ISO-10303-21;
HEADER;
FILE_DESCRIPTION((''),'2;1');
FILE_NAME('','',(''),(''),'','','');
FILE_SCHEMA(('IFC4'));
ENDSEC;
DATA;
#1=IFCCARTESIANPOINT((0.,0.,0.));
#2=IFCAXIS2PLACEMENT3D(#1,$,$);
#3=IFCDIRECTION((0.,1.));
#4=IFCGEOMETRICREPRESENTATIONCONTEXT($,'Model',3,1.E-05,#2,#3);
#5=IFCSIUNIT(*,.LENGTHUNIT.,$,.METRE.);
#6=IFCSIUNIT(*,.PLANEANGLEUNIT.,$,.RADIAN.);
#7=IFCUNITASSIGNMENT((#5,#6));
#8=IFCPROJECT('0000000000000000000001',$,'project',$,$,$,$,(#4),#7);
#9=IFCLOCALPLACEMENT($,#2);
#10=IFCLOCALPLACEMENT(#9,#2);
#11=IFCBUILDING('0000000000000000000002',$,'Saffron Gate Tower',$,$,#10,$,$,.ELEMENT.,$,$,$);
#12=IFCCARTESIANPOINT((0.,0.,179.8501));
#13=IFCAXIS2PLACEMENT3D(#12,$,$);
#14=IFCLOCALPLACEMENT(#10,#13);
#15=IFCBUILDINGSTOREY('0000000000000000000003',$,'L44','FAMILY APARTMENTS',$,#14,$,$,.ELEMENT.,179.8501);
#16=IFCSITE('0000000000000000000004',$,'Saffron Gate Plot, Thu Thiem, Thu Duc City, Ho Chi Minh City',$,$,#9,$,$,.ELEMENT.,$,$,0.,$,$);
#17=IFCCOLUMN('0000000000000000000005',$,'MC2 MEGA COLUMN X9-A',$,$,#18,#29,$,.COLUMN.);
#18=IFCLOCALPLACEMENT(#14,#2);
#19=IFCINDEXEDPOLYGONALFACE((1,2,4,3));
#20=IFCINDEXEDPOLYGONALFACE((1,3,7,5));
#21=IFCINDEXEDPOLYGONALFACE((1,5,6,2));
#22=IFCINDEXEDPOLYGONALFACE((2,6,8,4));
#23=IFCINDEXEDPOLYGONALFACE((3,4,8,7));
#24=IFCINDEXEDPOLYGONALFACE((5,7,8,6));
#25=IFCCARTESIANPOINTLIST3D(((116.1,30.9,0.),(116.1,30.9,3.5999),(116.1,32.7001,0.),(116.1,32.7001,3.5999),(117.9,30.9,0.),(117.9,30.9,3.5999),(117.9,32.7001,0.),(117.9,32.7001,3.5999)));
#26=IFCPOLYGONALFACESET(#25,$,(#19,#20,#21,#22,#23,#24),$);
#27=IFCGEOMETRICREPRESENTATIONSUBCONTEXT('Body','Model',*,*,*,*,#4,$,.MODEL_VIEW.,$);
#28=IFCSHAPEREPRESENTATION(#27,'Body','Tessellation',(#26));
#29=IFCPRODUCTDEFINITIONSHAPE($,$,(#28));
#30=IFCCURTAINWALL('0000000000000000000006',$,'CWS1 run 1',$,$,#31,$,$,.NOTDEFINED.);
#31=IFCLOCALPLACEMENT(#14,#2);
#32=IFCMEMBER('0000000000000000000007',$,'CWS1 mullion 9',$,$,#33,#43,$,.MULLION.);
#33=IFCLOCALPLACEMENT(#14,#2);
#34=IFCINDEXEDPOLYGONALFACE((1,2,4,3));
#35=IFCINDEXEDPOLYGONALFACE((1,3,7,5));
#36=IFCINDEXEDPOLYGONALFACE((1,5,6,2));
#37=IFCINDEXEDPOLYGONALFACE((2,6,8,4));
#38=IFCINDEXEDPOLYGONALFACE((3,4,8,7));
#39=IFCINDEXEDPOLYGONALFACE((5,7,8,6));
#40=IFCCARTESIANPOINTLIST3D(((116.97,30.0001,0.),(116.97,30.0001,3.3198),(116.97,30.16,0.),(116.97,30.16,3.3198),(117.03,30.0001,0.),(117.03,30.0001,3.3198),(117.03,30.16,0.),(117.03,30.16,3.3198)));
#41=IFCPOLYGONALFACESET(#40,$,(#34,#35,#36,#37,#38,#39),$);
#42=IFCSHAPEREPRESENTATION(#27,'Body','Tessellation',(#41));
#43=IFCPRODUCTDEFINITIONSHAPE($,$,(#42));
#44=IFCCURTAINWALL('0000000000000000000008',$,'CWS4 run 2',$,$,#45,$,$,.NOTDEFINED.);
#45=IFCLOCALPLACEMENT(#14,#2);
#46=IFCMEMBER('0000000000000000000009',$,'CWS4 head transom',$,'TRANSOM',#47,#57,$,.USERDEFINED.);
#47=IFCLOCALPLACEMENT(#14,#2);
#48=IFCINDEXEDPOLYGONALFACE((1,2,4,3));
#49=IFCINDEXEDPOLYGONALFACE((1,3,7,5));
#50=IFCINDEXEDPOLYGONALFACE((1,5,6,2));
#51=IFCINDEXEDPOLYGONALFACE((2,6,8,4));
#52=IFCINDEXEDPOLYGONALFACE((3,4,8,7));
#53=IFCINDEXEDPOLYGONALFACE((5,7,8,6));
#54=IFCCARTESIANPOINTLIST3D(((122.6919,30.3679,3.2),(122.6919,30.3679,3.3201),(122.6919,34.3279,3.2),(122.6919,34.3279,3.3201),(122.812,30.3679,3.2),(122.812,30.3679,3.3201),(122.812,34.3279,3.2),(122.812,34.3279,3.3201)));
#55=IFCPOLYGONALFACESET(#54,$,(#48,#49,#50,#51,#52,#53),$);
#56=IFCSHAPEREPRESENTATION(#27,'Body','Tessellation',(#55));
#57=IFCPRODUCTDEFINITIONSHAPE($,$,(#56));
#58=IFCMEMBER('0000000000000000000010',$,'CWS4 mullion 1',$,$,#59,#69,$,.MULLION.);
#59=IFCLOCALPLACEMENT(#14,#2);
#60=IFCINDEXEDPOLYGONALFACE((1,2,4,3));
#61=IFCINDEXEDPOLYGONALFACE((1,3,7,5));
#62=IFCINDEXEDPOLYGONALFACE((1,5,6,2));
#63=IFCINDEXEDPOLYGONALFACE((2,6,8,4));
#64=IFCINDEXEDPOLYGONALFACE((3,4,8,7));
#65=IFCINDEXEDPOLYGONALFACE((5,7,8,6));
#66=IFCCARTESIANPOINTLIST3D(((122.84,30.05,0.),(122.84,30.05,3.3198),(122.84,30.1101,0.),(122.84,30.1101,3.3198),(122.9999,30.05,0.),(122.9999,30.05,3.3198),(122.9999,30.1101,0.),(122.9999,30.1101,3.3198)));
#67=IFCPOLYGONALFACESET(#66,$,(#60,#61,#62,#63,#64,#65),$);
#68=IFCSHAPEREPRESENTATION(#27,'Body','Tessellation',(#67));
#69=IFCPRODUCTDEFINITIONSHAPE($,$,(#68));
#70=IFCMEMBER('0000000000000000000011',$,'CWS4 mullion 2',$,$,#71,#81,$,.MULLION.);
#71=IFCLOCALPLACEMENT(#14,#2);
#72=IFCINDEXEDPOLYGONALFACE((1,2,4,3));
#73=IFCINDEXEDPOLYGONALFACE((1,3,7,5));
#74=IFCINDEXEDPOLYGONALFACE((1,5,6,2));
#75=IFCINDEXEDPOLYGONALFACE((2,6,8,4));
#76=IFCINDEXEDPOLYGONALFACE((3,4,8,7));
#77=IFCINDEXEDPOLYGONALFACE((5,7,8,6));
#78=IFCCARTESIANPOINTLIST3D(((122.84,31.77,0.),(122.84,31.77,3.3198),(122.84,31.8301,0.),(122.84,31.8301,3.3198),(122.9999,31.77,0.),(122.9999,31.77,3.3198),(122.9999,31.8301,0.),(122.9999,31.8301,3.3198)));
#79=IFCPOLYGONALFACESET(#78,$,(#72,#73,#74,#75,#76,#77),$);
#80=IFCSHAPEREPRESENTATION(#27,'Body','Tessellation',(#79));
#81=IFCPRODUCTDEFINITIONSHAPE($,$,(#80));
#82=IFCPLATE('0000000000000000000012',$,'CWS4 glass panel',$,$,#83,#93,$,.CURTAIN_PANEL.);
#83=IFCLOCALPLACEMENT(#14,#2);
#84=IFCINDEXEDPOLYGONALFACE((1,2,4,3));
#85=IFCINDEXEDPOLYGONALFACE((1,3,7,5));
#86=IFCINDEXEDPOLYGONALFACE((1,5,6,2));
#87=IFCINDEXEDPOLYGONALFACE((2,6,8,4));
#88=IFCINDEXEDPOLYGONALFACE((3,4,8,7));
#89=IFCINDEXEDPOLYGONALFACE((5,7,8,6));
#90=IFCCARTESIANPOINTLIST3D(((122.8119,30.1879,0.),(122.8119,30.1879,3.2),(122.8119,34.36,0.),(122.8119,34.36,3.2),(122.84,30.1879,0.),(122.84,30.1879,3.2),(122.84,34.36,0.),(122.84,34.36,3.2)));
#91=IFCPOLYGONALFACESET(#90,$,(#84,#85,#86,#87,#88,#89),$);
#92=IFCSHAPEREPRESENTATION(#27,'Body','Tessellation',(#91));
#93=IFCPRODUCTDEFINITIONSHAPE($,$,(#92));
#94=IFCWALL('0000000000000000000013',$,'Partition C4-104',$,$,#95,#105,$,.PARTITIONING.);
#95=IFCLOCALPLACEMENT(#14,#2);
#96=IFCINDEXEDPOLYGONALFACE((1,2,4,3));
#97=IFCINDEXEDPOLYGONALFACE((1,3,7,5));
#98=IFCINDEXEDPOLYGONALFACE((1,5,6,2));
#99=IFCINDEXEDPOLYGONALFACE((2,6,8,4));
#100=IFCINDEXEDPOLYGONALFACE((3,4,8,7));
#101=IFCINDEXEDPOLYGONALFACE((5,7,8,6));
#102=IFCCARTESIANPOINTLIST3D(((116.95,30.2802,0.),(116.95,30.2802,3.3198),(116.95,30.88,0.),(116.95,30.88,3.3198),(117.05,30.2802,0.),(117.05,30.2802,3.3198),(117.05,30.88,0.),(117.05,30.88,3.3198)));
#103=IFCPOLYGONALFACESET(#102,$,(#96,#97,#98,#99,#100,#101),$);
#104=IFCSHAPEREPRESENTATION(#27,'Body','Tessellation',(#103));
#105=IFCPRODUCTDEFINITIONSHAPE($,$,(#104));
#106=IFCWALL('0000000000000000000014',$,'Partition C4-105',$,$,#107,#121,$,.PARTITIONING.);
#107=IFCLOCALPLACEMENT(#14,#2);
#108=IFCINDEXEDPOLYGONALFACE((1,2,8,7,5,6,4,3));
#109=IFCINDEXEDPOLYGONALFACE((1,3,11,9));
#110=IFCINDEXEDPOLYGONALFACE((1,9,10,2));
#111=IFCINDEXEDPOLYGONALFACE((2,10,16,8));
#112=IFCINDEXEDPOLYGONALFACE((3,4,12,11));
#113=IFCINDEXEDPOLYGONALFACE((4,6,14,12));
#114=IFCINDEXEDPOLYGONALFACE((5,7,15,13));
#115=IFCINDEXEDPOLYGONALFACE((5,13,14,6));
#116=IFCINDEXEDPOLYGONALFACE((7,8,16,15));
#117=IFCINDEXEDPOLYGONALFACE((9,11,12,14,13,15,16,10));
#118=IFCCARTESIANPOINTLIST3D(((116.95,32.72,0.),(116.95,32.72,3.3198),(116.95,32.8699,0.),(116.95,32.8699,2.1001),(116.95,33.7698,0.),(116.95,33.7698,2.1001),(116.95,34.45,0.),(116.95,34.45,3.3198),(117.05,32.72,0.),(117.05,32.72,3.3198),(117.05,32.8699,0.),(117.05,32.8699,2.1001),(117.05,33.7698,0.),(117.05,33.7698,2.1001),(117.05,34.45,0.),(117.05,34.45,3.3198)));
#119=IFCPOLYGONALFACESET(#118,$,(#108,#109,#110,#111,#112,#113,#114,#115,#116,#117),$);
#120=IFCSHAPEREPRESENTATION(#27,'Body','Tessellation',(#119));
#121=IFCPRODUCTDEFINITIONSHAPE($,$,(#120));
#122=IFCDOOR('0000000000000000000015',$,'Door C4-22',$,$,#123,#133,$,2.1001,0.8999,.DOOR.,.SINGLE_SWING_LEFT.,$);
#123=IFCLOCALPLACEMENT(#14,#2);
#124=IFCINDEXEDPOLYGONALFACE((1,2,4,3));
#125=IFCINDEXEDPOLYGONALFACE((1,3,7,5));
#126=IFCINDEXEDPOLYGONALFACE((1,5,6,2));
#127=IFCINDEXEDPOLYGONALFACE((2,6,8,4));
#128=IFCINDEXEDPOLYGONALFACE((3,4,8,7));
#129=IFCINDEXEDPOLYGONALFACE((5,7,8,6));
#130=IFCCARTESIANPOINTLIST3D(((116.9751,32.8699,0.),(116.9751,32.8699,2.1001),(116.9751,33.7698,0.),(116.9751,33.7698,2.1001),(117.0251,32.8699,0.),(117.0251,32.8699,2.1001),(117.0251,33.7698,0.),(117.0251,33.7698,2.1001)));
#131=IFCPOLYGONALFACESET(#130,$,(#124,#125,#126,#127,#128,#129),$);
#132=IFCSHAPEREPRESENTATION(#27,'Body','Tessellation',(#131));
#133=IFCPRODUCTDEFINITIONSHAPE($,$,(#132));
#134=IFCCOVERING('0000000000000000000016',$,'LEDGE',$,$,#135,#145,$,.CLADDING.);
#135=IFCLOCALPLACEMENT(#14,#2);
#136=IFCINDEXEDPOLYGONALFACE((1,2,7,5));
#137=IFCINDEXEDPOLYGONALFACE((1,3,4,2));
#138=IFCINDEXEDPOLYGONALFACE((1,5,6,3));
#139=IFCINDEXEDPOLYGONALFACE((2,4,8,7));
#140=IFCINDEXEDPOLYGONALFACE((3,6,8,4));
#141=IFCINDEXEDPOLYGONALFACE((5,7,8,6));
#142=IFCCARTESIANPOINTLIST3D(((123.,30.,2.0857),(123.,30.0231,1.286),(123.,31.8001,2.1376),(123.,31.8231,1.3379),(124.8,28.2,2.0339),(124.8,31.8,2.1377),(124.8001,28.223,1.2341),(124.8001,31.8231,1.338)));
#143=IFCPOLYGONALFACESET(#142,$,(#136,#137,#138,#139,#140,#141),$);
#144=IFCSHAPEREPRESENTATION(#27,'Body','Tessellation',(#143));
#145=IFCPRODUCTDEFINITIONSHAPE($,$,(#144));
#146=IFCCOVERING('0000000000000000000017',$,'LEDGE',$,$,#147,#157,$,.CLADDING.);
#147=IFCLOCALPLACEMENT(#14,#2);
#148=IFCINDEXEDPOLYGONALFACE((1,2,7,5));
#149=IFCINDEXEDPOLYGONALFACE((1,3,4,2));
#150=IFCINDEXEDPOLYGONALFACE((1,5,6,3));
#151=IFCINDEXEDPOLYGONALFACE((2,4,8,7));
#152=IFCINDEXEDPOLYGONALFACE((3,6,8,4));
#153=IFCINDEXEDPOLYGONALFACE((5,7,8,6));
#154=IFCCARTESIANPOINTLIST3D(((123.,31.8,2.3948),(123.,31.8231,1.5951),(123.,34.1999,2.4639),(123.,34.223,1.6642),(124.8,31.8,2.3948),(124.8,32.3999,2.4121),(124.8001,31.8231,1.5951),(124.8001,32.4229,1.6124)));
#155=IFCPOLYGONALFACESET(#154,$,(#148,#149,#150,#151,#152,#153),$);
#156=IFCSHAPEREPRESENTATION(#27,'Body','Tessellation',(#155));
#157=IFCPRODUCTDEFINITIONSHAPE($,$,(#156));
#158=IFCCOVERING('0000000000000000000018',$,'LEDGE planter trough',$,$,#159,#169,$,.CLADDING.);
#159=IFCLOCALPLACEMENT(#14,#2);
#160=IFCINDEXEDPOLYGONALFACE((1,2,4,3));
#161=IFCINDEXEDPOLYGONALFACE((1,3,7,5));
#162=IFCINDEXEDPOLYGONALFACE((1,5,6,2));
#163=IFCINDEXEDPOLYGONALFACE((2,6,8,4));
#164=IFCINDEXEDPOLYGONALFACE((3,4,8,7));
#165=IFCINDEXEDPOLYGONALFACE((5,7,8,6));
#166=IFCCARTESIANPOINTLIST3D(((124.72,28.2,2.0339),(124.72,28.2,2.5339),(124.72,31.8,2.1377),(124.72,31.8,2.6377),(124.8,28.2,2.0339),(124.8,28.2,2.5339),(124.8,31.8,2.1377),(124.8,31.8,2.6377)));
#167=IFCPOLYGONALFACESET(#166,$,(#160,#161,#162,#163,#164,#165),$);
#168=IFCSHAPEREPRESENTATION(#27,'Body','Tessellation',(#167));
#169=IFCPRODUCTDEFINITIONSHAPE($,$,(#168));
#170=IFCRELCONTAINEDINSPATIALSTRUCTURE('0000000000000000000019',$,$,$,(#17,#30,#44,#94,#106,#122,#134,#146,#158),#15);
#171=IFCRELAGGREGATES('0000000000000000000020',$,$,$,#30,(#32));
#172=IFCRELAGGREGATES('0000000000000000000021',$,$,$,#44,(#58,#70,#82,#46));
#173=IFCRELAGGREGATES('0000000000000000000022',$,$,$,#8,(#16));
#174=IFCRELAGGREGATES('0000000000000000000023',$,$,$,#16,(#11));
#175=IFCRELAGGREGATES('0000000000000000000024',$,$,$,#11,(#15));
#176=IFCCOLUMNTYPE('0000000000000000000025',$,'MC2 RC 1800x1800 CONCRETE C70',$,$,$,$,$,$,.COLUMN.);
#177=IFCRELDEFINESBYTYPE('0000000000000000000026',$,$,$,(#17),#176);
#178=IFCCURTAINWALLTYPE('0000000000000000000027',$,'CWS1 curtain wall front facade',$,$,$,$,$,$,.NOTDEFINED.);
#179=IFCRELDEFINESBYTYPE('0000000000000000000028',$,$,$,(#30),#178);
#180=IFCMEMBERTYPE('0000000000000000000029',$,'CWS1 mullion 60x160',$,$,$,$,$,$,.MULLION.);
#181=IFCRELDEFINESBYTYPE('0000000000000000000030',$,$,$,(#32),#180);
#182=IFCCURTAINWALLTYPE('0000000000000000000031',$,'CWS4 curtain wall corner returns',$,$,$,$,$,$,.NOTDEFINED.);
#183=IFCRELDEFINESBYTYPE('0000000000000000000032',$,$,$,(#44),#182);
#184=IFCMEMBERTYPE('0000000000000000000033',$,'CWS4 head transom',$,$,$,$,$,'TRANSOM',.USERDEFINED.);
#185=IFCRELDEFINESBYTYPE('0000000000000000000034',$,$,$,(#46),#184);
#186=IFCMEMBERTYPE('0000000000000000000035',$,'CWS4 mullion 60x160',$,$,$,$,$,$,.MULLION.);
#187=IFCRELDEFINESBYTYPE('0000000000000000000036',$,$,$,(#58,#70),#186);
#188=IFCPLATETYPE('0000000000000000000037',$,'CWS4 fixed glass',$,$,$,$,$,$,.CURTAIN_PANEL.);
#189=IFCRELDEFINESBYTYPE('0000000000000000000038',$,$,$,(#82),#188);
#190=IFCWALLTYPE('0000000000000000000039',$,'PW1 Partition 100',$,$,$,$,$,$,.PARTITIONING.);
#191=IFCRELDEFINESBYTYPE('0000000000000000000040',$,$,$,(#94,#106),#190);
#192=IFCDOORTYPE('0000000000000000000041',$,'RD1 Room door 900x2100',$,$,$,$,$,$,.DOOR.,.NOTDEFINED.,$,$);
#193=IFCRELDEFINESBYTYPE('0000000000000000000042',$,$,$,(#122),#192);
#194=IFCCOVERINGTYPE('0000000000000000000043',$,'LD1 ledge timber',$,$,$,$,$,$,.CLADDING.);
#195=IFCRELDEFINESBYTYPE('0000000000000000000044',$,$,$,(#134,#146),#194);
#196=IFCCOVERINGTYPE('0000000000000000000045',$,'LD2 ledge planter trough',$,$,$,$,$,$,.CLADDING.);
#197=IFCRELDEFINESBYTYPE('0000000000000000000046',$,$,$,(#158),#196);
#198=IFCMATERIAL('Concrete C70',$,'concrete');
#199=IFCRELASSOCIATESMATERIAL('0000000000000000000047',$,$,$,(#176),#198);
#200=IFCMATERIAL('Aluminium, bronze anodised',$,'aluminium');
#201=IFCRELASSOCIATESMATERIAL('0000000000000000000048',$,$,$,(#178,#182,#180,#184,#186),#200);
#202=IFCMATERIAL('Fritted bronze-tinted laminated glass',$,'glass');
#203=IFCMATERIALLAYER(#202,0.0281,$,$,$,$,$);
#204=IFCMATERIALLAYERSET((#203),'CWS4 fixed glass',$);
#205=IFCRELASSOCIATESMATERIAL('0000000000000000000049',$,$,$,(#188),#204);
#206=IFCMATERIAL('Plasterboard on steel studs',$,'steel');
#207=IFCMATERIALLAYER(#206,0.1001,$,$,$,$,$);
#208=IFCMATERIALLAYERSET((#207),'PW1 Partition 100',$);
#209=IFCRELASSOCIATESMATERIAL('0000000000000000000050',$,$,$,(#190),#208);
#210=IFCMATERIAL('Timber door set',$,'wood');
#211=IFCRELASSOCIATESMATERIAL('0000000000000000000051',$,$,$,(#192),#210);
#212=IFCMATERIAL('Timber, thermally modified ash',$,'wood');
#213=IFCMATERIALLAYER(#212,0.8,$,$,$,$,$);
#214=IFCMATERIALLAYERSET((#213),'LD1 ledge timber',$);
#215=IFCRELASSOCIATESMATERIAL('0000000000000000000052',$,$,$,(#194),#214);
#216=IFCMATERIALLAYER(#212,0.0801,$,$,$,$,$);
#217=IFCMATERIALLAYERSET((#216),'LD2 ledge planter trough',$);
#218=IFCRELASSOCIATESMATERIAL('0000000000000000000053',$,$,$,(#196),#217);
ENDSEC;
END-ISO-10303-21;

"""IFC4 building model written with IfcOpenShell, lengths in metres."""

from ifc_helpers import new_model, si_unit, direction, frame, frame_2d, origin, origin_2d, place, context, subcontext, project, spatial, polyline, rectangle, outline, extrude, material, layer, layer_set, material_profile, profile_set, type_object, element, fill, aggregate, save


model = new_model("IFC4")

# Units and contexts
model_context = context("Model", 3, precision=1e-05, world=origin(), true_north=direction((0.0, 1.0)))
body_context = subcontext(model_context, "Body", "Model", "MODEL_VIEW")
ifc_project = project(units=[si_unit("LENGTHUNIT", "METRE"), si_unit("PLANEANGLEUNIT", "RADIAN")], contexts=[model_context])

# Site, building, storey
site_placement = place(None, origin())
site = spatial("IfcSite", under=ifc_project, at=site_placement, Name="Saffron Gate Plot, Thu Thiem, Thu Duc City, Ho Chi Minh City", CompositionType="ELEMENT", RefElevation=0.0)
building_placement = place(site_placement, origin())
building = spatial("IfcBuilding", under=site, at=building_placement, Name="Saffron Gate Tower", CompositionType="ELEMENT")
storey_placement = place(building_placement, frame((0.0, 0.0, 179.8501)))
storey = spatial("IfcBuildingStorey", under=building, at=storey_placement, Name="L44", Description="FAMILY APARTMENTS", CompositionType="ELEMENT", Elevation=179.8501)

# Column
ifc_material_1 = material(Name="Concrete C70", Category="concrete")
ifc_material_profile_1 = material_profile(ifc_material_1, rectangle(XDim=1.8, YDim=1.8, at=origin_2d()))
ifc_profile_set_1 = profile_set([ifc_material_profile_1], Name="Concrete C70")
column_type = type_object("IfcColumnType", Name="MC2 RC 1800x1800 CONCRETE C70", PredefinedType="COLUMN", material=ifc_profile_set_1)
column_placement = place(storey_placement, frame((117.0, 31.8, 0.0), z_axis=(0.0, 0.0, 1.0), x_axis=(1.0, 0.0, 0.0)))
element("IfcColumn", 1, at=column_placement, inside=storey, type_object=column_type, Name="MC2 MEGA COLUMN X9-A", PredefinedType="COLUMN", context=body_context, shape_type="SweptSolid", body=[
    extrude(rectangle(XDim=1.8, YDim=1.8, at=origin_2d()), origin(), (0.0, 0.0, 1.0), 3.5999),
])

# Curtain wall, member
ifc_material_2 = material(Name="Aluminium, bronze anodised", Category="aluminium")
curtain_wall_type_1 = type_object("IfcCurtainWallType", Name="CWS1 curtain wall front facade", PredefinedType="NOTDEFINED", material=ifc_material_2)
curtain_wall_1_placement = place(storey_placement, origin())
curtain_wall_1 = element("IfcCurtainWall", 2, at=curtain_wall_1_placement, inside=storey, type_object=curtain_wall_type_1, Name="CWS1 run 1", PredefinedType="NOTDEFINED")
ifc_material_profile_2 = material_profile(ifc_material_2, rectangle(XDim=0.1599, YDim=0.0601, at=origin_2d()))
ifc_profile_set_2 = profile_set([ifc_material_profile_2], Name="Aluminium, bronze anodised")
member_type_1 = type_object("IfcMemberType", Name="CWS1 mullion 60x160", PredefinedType="MULLION", material=ifc_profile_set_2)
member_1_placement = place(storey_placement, frame((117.0, 30.0801, 0.0), z_axis=(0.0, 0.0, 1.0), x_axis=(0.0, 1.0, 0.0)))
member_1 = element("IfcMember", 3, at=member_1_placement, type_object=member_type_1, Name="CWS1 mullion 9", PredefinedType="MULLION", context=body_context, shape_type="SweptSolid", body=[
    extrude(rectangle(XDim=0.1599, YDim=0.0601, at=origin_2d()), origin(), (0.0, 0.0, 1.0), 3.3198),
])
aggregate(curtain_wall_1, [member_1])

# Curtain wall, members, plate
curtain_wall_type_2 = type_object("IfcCurtainWallType", Name="CWS4 curtain wall corner returns", PredefinedType="NOTDEFINED", material=ifc_material_2)
curtain_wall_2_placement = place(storey_placement, origin())
curtain_wall_2 = element("IfcCurtainWall", 4, at=curtain_wall_2_placement, inside=storey, type_object=curtain_wall_type_2, Name="CWS4 run 2", PredefinedType="NOTDEFINED")
ifc_material_profile_3 = material_profile(ifc_material_2, rectangle(XDim=0.1201, YDim=0.1201, at=origin_2d()))
ifc_profile_set_3 = profile_set([ifc_material_profile_3], Name="Aluminium, bronze anodised")
member_type_2 = type_object("IfcMemberType", Name="CWS4 head transom", ElementType="TRANSOM", PredefinedType="USERDEFINED", material=ifc_profile_set_3)
member_2_placement = place(storey_placement, frame((122.752, 30.3679, 3.26), z_axis=(0.0, 1.0, 0.0), x_axis=(-1.0, 0.0, 0.0)))
member_2 = element("IfcMember", 5, at=member_2_placement, type_object=member_type_2, Name="CWS4 head transom", ObjectType="TRANSOM", PredefinedType="USERDEFINED", context=body_context, shape_type="SweptSolid", body=[
    extrude(rectangle(XDim=0.1201, YDim=0.1201, at=origin_2d()), origin(), (0.0, 0.0, 1.0), 3.96),
])
ifc_material_profile_4 = material_profile(ifc_material_2, rectangle(XDim=0.1599, YDim=0.0601, at=origin_2d()))
ifc_profile_set_4 = profile_set([ifc_material_profile_4], Name="Aluminium, bronze anodised")
member_type_3 = type_object("IfcMemberType", Name="CWS4 mullion 60x160", PredefinedType="MULLION", material=ifc_profile_set_4)
member_3_placement = place(storey_placement, frame((122.9199, 30.0801, 0.0), z_axis=(0.0, 0.0, 1.0), x_axis=(-1.0, 0.0, 0.0)))
member_3 = element("IfcMember", 6, at=member_3_placement, type_object=member_type_3, Name="CWS4 mullion 1", PredefinedType="MULLION", context=body_context, shape_type="SweptSolid", body=[
    extrude(rectangle(XDim=0.1599, YDim=0.0601, at=origin_2d()), origin(), (0.0, 0.0, 1.0), 3.3198),
])
member_4_placement = place(storey_placement, frame((122.9199, 31.8, 0.0), z_axis=(0.0, 0.0, 1.0), x_axis=(-1.0, 0.0, 0.0)))
member_4 = element("IfcMember", 7, at=member_4_placement, type_object=member_type_3, Name="CWS4 mullion 2", PredefinedType="MULLION", context=body_context, shape_type="SweptSolid", body=[
    extrude(rectangle(XDim=0.1599, YDim=0.0601, at=origin_2d()), origin(), (0.0, 0.0, 1.0), 3.3198),
])
ifc_material_3 = material(Name="Fritted bronze-tinted laminated glass", Category="glass")
ifc_layer_1 = layer(ifc_material_3, 0.0281)
ifc_layer_set_1 = layer_set([ifc_layer_1], Name="CWS4 fixed glass")
plate_type = type_object("IfcPlateType", Name="CWS4 fixed glass", PredefinedType="CURTAIN_PANEL", material=ifc_layer_set_1)
plate_placement = place(storey_placement, frame((122.8259, 30.188, 0.0), z_axis=(0.0, 0.0, 1.0), x_axis=(0.0, 1.0, 0.0)))
plate = element("IfcPlate", 8, at=plate_placement, type_object=plate_type, Name="CWS4 glass panel", PredefinedType="CURTAIN_PANEL", context=body_context, shape_type="SweptSolid", body=[
    extrude(rectangle(XDim=4.1721, YDim=0.0281, at=frame_2d((2.0859, 0.0))), origin(), (0.0, 0.0, 1.0), 3.2),
])
aggregate(curtain_wall_2, [member_3, member_4, plate, member_2])

# Wall
ifc_material_4 = material(Name="Plasterboard on steel studs", Category="steel")
ifc_layer_2 = layer(ifc_material_4, 0.1001)
ifc_layer_set_2 = layer_set([ifc_layer_2], Name="PW1 Partition 100")
wall_type = type_object("IfcWallType", Name="PW1 Partition 100", PredefinedType="PARTITIONING", material=ifc_layer_set_2)
wall_1_placement = place(storey_placement, frame((117.0, 30.8799, 0.0), z_axis=(0.0, 0.0, 1.0), x_axis=(0.0, -1.0, 0.0)))
element("IfcWall", 9, at=wall_1_placement, inside=storey, type_object=wall_type, Name="Partition C4-104", PredefinedType="PARTITIONING", context=body_context, shape_type="SweptSolid", body=[
    extrude(rectangle(XDim=0.5999, YDim=0.1001, at=frame_2d((0.2998, 0.0))), origin(), (0.0, 0.0, 1.0), 3.3198),
])

# Wall, opening, door
wall_2_placement = place(storey_placement, frame((117.0, 32.72, 0.0), z_axis=(0.0, 0.0, 1.0), x_axis=(0.0, 1.0, 0.0)))
wall_2 = element("IfcWall", 10, at=wall_2_placement, inside=storey, type_object=wall_type, Name="Partition C4-105", PredefinedType="PARTITIONING", context=body_context, shape_type="SweptSolid", body=[
    extrude(rectangle(XDim=1.73, YDim=0.1001, at=frame_2d((0.865, 0.0))), origin(), (0.0, 0.0, 1.0), 3.3198),
])
opening_placement = place(wall_2_placement, frame((0.1499, 0.0, 0.0)))
opening = element("IfcOpeningElement", 11, at=opening_placement, cuts=wall_2, PredefinedType="OPENING", context=body_context, shape_type="SweptSolid", body=[
    extrude(rectangle(XDim=0.8999, YDim=2.1001, at=frame_2d((0.45, 1.05))), frame((0.0, 0.0601, 0.0), z_axis=(0.0, -1.0, 0.0), x_axis=(1.0, 0.0, 0.0)), (0.0, 0.0, 1.0), 0.1201),
])
ifc_material_5 = material(Name="Timber door set", Category="wood")
door_type = type_object("IfcDoorType", Name="RD1 Room door 900x2100", OperationType="NOTDEFINED", PredefinedType="DOOR", material=ifc_material_5)
door_placement = place(opening_placement, origin())
door = element("IfcDoor", 12, at=door_placement, inside=storey, type_object=door_type, Name="Door C4-22", OperationType="SINGLE_SWING_LEFT", OverallHeight=2.1001, OverallWidth=0.8999, PredefinedType="DOOR", context=body_context, shape_type="SweptSolid", body=[
    extrude(rectangle(XDim=0.8999, YDim=2.1001, at=frame_2d((0.45, 1.05))), frame((0.0, 0.0249, 0.0), z_axis=(0.0, -1.0, 0.0), x_axis=(1.0, 0.0, 0.0)), (0.0, 0.0, 1.0), 0.05),
])
fill(opening, door)

# Coverings
ifc_material_6 = material(Name="Timber, thermally modified ash", Category="wood")
ifc_layer_3 = layer(ifc_material_6, 0.8)
ifc_layer_set_3 = layer_set([ifc_layer_3], Name="LD1 ledge timber")
covering_type_1 = type_object("IfcCoveringType", Name="LD1 ledge timber", PredefinedType="CLADDING", material=ifc_layer_set_3)
covering_1_placement = place(storey_placement, frame((123.0, 30.0, 2.0857), z_axis=(-0.000045, -0.028832, 0.999584), x_axis=(0.0, 0.999584, 0.028832)))
element("IfcCovering", 13, at=covering_1_placement, inside=storey, type_object=covering_type_1, Name="LEDGE", PredefinedType="CLADDING", context=body_context, shape_type="SweptSolid", body=[
    extrude(outline(polyline([(0.0, 0.0), (1.8008, 0.0), (1.8008, -1.8), (-1.8008, -1.8), (0.0, 0.0)])), origin(), (0.0, 0.0, -1.0), 0.8),
])
covering_2_placement = place(storey_placement, frame((123.0, 31.8, 2.3948), z_axis=(-0.000029, -0.028799, 0.999585), x_axis=(0.0, 0.999585, 0.028799)))
element("IfcCovering", 14, at=covering_2_placement, inside=storey, type_object=covering_type_1, Name="LEDGE", PredefinedType="CLADDING", context=body_context, shape_type="SweptSolid", body=[
    extrude(outline(polyline([(0.0, 0.0), (2.4009, 0.0), (0.6001, -1.8), (0.0, -1.8), (0.0, 0.0)])), origin(), (0.0, 0.0, -1.0), 0.8),
])
ifc_layer_4 = layer(ifc_material_6, 0.0801)
ifc_layer_set_4 = layer_set([ifc_layer_4], Name="LD2 ledge planter trough")
covering_type_2 = type_object("IfcCoveringType", Name="LD2 ledge planter trough", PredefinedType="CLADDING", material=ifc_layer_set_4)
covering_3_placement = place(storey_placement, frame((124.8, 28.2, 2.0339), z_axis=(1.0, 0.0, 0.0), x_axis=(0.0, 0.999585, 0.028809)))
element("IfcCovering", 15, at=covering_3_placement, inside=storey, type_object=covering_type_2, Name="LEDGE planter trough", PredefinedType="CLADDING", context=body_context, shape_type="SweptSolid", body=[
    extrude(outline(polyline([(0.0, 0.0), (3.6016, 0.0), (3.616, 0.4998), (0.0144, 0.4998), (0.0, 0.0)])), origin(), (0.0, 0.0, -1.0), 0.0801),
])

save(model, "model.ifc")
